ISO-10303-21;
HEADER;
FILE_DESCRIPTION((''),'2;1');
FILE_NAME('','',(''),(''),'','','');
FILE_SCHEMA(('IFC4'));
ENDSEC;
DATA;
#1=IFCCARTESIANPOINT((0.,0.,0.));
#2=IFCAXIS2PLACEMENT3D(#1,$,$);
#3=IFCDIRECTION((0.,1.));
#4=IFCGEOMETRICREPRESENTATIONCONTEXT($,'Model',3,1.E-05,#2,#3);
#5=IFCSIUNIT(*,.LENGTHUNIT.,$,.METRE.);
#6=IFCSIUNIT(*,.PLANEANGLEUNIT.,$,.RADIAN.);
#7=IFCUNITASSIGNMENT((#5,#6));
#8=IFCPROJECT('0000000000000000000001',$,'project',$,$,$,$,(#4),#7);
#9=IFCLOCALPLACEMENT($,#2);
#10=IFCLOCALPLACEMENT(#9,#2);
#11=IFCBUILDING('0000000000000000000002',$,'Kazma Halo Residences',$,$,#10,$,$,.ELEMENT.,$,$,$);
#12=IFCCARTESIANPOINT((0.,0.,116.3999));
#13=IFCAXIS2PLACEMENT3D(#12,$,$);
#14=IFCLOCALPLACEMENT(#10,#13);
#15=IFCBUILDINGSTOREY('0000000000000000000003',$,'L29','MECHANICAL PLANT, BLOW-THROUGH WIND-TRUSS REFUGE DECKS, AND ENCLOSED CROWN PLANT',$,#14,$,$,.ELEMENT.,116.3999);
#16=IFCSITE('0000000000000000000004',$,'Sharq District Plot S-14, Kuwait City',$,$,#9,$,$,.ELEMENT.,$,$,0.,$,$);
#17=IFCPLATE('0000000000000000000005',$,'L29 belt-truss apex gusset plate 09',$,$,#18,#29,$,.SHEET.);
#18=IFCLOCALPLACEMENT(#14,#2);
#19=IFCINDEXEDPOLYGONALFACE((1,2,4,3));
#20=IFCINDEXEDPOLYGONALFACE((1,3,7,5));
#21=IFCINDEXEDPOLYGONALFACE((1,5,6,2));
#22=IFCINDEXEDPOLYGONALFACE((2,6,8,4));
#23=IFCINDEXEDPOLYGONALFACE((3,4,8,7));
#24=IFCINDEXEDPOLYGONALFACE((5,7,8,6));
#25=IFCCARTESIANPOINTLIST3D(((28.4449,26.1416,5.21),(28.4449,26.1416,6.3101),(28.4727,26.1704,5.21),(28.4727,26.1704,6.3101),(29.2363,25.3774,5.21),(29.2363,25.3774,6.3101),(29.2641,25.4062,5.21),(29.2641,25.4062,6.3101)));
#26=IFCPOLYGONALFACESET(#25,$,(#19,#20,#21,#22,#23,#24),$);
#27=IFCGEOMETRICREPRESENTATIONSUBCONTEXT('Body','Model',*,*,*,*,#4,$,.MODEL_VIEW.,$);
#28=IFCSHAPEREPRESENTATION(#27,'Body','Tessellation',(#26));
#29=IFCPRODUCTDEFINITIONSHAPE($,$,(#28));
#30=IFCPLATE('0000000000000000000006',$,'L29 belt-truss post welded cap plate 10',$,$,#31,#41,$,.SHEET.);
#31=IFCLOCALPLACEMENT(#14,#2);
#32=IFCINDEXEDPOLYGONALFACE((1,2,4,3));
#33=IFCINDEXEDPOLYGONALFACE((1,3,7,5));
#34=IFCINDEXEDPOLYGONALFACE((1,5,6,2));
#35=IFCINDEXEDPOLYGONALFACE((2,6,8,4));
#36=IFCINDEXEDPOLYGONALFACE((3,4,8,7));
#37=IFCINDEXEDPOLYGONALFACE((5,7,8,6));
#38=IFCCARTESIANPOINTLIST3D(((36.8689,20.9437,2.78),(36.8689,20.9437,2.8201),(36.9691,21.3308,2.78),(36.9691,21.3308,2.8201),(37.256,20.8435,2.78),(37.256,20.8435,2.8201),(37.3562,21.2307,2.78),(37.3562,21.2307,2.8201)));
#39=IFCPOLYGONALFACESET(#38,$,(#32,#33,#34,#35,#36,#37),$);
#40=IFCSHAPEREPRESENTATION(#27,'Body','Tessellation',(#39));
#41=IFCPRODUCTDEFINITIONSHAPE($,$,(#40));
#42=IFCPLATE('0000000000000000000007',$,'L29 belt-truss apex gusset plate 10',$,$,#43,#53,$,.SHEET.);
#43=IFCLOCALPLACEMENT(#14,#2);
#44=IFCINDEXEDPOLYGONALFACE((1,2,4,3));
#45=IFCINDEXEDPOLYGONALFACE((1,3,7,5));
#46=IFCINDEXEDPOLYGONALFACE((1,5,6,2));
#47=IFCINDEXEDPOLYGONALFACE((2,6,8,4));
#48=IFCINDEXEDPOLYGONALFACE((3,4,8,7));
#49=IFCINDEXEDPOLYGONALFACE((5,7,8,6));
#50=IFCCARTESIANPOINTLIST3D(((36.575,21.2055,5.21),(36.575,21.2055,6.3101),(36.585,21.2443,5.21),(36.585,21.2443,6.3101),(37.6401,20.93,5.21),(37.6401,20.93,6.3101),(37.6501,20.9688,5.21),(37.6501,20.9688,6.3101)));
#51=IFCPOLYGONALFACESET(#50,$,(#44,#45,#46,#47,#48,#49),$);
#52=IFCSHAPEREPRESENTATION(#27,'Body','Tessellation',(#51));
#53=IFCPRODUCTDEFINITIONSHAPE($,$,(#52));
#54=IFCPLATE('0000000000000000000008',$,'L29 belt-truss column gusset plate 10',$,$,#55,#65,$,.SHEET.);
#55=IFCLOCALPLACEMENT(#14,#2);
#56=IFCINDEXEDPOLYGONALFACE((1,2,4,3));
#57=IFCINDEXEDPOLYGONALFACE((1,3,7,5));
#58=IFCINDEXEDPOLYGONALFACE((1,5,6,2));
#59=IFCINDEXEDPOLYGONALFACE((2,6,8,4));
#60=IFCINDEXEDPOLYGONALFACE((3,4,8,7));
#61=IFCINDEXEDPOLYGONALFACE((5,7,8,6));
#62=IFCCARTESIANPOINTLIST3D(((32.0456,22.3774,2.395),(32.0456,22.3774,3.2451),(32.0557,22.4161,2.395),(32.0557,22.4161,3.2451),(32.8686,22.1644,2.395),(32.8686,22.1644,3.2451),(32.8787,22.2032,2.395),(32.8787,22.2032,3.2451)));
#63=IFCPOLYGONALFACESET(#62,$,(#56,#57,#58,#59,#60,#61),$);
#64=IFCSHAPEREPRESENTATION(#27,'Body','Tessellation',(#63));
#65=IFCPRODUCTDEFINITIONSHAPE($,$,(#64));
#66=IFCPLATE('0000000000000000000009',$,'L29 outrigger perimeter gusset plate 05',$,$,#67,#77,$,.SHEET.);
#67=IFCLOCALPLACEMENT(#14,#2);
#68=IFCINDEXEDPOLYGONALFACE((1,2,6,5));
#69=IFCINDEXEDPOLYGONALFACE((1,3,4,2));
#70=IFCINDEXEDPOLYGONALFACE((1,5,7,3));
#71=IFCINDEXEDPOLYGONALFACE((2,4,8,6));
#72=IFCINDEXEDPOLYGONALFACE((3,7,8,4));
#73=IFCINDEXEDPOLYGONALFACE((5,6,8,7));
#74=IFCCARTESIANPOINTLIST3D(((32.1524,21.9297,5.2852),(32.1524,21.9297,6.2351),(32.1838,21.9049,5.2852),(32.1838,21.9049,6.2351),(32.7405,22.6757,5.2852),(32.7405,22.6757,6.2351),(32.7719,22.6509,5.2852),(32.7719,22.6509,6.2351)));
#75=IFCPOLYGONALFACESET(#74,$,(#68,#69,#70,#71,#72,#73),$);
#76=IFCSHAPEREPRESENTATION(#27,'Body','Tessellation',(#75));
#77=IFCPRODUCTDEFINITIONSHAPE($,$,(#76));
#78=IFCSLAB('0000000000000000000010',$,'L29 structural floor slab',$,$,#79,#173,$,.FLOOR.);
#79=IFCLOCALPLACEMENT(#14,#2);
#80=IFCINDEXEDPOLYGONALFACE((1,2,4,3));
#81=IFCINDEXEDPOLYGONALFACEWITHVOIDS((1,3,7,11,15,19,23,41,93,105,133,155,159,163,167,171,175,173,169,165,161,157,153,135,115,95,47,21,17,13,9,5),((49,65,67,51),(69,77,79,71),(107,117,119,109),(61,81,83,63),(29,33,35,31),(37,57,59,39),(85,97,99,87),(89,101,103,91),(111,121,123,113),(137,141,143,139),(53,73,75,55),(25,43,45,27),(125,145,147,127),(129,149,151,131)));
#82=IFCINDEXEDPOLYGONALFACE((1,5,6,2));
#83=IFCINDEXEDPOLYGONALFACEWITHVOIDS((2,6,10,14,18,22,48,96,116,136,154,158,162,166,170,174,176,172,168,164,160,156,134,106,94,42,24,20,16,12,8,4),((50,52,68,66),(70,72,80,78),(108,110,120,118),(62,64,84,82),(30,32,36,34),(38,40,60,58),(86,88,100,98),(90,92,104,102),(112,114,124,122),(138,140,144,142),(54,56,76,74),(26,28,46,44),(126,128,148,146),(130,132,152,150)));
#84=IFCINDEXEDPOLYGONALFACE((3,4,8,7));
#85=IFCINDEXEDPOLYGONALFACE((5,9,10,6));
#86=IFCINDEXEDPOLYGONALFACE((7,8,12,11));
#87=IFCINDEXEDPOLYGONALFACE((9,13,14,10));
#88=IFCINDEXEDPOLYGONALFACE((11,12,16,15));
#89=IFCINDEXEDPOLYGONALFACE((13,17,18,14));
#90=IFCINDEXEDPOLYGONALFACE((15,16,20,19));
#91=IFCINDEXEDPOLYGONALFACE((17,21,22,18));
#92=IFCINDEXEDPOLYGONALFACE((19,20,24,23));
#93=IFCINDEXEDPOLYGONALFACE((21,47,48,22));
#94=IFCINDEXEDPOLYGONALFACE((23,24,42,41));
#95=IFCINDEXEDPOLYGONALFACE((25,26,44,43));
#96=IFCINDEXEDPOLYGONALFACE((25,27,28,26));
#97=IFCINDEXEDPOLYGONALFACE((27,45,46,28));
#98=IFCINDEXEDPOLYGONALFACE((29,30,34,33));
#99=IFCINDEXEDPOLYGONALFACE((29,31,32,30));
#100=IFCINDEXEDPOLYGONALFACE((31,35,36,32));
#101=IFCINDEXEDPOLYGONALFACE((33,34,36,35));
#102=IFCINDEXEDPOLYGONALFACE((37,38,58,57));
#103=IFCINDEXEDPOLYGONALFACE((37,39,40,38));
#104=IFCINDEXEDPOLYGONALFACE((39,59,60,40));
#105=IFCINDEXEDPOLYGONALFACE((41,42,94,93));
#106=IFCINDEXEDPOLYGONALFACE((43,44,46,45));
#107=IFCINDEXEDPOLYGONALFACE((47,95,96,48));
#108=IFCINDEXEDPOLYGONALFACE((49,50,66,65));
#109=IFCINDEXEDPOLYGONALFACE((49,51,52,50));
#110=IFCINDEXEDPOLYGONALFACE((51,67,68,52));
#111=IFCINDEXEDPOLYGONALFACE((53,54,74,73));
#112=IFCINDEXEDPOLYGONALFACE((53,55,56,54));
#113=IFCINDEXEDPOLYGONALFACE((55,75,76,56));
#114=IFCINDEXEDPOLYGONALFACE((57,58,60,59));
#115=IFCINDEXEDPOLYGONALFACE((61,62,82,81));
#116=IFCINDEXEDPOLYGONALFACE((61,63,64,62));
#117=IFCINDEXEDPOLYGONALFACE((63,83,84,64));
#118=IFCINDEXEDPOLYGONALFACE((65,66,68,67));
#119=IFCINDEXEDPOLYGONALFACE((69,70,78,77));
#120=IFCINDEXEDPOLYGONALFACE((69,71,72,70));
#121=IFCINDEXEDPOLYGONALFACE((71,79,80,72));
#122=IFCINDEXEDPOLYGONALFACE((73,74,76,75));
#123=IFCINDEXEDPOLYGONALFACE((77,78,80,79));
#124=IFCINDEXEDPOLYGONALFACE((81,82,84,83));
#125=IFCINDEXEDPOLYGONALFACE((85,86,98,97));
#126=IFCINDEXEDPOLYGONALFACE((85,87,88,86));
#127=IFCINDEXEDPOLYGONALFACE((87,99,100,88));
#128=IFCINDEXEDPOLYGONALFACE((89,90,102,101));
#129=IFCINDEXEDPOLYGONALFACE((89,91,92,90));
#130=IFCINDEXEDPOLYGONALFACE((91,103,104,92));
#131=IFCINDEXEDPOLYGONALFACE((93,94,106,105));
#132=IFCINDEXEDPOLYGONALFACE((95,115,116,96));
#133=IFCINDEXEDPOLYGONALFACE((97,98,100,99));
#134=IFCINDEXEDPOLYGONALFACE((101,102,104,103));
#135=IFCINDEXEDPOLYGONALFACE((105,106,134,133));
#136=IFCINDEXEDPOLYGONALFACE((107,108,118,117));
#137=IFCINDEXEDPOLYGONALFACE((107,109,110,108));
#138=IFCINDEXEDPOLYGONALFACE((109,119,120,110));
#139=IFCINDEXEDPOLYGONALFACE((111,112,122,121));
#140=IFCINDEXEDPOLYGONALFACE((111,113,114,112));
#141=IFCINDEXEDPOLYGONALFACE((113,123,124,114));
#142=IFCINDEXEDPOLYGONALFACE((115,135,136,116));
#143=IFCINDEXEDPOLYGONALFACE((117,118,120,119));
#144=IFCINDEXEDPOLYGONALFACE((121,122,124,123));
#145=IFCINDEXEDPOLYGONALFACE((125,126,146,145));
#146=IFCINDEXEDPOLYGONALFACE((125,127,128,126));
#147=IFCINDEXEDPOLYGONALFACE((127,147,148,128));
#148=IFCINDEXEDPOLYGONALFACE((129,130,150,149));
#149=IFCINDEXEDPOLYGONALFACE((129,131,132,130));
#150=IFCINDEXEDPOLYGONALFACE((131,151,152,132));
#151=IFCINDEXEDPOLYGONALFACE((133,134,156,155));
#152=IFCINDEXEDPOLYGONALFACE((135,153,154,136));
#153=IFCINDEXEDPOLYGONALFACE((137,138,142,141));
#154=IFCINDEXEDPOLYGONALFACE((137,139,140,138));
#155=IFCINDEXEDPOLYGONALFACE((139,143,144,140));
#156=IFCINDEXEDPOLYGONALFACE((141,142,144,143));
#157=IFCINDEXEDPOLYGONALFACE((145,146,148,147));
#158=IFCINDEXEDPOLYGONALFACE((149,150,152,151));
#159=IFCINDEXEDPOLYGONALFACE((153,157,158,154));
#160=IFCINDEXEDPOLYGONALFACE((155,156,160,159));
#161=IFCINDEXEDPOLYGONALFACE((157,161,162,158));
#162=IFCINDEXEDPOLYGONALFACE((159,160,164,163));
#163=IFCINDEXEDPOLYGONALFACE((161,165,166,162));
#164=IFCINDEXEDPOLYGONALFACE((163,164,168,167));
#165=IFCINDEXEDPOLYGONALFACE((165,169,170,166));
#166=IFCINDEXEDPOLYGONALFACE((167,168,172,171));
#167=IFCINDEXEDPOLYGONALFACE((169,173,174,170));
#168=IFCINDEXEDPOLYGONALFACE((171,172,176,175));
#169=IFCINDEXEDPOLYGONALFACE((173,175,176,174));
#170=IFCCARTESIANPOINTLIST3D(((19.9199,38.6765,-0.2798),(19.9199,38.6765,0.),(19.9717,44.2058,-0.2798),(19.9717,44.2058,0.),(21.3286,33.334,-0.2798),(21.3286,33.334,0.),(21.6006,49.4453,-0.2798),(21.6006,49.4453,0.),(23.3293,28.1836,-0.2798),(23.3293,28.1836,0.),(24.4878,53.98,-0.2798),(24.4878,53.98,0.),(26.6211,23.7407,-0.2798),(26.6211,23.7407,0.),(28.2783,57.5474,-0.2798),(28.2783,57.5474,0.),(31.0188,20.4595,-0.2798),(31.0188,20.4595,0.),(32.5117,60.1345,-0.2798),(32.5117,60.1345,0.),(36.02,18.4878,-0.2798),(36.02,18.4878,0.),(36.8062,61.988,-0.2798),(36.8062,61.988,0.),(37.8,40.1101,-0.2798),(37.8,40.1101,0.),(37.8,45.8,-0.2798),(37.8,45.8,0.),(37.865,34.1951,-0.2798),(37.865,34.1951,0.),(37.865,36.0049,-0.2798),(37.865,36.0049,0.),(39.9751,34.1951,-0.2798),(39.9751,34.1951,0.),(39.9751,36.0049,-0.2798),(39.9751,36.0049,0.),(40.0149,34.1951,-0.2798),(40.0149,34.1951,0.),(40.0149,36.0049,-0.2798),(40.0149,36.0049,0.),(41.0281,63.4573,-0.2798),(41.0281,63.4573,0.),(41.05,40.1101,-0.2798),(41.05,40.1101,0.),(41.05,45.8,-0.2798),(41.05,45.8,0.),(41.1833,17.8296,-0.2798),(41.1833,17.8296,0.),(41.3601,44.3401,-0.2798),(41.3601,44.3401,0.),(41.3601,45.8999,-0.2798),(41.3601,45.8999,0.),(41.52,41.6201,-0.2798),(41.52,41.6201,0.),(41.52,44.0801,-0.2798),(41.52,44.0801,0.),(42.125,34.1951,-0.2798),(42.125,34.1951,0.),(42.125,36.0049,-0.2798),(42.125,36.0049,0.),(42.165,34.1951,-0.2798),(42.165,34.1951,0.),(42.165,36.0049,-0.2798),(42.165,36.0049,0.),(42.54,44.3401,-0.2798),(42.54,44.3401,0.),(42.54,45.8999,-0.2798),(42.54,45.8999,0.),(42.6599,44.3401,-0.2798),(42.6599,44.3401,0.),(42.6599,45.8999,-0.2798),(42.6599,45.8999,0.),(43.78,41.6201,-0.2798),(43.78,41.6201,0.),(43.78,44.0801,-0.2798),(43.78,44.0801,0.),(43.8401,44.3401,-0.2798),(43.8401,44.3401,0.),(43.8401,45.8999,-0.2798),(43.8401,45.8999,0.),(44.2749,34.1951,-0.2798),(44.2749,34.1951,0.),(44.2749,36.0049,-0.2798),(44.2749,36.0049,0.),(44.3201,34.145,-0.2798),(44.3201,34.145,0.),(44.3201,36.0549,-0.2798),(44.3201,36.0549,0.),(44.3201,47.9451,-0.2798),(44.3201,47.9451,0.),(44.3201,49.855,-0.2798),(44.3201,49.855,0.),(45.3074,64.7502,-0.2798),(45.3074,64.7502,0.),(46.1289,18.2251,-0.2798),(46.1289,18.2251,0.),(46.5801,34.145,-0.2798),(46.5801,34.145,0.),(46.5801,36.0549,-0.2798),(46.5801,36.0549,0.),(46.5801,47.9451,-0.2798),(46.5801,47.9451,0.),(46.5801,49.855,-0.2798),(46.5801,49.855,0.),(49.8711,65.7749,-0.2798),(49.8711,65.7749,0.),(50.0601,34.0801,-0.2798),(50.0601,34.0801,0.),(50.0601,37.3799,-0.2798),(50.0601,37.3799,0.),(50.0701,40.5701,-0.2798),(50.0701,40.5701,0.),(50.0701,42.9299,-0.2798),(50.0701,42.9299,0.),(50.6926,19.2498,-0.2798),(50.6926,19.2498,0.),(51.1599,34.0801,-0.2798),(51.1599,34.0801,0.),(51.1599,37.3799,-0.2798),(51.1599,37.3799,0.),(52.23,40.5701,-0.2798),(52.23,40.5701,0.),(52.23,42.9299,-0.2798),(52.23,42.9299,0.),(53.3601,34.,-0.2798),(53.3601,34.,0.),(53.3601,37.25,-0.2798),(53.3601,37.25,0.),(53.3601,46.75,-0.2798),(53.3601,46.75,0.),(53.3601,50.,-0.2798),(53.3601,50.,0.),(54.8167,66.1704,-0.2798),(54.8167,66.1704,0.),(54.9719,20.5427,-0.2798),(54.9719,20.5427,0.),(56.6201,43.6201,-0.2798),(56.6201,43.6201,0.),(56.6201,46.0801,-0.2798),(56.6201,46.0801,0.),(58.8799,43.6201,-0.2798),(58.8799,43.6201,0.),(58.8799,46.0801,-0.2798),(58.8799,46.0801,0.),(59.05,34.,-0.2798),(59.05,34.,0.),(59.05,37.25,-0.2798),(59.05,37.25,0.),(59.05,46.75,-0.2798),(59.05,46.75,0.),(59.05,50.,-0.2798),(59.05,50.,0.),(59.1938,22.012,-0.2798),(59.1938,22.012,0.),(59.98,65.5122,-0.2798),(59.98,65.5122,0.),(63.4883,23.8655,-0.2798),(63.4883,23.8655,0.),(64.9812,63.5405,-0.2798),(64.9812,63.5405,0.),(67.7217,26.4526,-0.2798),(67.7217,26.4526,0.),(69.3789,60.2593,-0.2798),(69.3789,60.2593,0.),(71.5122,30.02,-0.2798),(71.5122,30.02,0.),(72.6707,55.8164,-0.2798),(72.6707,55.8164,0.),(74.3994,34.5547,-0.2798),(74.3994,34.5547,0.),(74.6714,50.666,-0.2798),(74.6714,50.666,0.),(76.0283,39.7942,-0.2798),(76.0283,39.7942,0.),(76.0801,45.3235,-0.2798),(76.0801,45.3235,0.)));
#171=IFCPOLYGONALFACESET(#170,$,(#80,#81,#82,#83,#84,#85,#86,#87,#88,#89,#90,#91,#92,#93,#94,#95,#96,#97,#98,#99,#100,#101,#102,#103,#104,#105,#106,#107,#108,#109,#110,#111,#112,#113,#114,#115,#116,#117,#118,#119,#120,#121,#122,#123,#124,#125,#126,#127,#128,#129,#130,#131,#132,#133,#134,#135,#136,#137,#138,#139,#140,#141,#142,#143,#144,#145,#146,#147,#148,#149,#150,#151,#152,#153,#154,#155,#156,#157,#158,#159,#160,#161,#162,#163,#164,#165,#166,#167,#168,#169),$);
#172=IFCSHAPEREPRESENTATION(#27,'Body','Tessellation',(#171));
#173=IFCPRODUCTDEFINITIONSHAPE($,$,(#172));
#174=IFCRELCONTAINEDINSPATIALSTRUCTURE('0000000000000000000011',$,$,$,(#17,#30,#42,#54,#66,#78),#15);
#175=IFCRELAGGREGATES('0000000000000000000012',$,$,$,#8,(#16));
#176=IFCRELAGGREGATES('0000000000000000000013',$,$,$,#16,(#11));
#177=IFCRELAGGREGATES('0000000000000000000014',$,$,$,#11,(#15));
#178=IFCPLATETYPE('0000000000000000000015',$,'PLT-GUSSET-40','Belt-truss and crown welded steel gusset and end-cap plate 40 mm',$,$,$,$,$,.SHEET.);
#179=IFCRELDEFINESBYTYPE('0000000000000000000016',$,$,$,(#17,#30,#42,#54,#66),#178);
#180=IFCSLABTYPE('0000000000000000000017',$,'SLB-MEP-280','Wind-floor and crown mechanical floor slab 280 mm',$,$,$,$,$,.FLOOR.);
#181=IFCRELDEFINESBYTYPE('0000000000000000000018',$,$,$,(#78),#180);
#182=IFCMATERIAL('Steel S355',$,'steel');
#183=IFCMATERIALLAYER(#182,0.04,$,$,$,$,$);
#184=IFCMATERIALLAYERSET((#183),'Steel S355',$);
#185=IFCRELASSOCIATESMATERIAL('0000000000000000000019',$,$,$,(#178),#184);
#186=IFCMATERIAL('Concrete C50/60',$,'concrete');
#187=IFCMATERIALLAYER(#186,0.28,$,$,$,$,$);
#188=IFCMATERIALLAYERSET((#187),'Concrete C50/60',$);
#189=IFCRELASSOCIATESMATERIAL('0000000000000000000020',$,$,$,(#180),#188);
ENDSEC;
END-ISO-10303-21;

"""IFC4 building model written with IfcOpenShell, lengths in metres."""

from ifc_helpers import new_model, si_unit, direction, frame, origin, origin_2d, place, context, subcontext, project, spatial, polyline, rectangle, outline, extrude, material, layer, layer_set, type_object, element, save


model = new_model("IFC4")

# Units and contexts
model_context = context("Model", 3, precision=1e-05, world=origin(), true_north=direction((0.0, 1.0)))
body_context = subcontext(model_context, "Body", "Model", "MODEL_VIEW")
ifc_project = project(units=[si_unit("LENGTHUNIT", "METRE"), si_unit("PLANEANGLEUNIT", "RADIAN")], contexts=[model_context])

# Site, building, storey
site_placement = place(None, origin())
site = spatial("IfcSite", under=ifc_project, at=site_placement, Name="Sharq District Plot S-14, Kuwait City", CompositionType="ELEMENT", RefElevation=0.0)
building_placement = place(site_placement, origin())
building = spatial("IfcBuilding", under=site, at=building_placement, Name="Kazma Halo Residences", CompositionType="ELEMENT")
storey_placement = place(building_placement, frame((0.0, 0.0, 116.3999)))
storey = spatial("IfcBuildingStorey", under=building, at=storey_placement, Name="L29", Description="MECHANICAL PLANT, BLOW-THROUGH WIND-TRUSS REFUGE DECKS, AND ENCLOSED CROWN PLANT", CompositionType="ELEMENT", Elevation=116.3999)

# Shared definitions
ifc_material_1 = material(Name="Steel S355", Category="steel")

# Plates
ifc_layer_1 = layer(ifc_material_1, 0.04)
ifc_layer_set_1 = layer_set([ifc_layer_1], Name="Steel S355")
plate_type = type_object("IfcPlateType", Name="PLT-GUSSET-40", Description="Belt-truss and crown welded steel gusset and end-cap plate 40 mm", PredefinedType="SHEET", material=ifc_layer_set_1)
plate_1_placement = place(storey_placement, frame((28.8545, 25.7739, 5.21), z_axis=(0.0, 0.0, 1.0), x_axis=(0.719342, -0.694656, 0.0)))
element("IfcPlate", 1, at=plate_1_placement, inside=storey, type_object=plate_type, Name="L29 belt-truss apex gusset plate 09", PredefinedType="SHEET", context=body_context, shape_type="SweptSolid", body=[
    extrude(rectangle(XDim=1.1001, YDim=0.04, at=origin_2d()), origin(), (0.0, 0.0, 1.0), 1.1001),
])
plate_2_placement = place(storey_placement, frame((37.1125, 21.0872, 2.78), z_axis=(0.0, 0.0, 1.0), x_axis=(0.968127, -0.250461, 0.0)))
element("IfcPlate", 2, at=plate_2_placement, inside=storey, type_object=plate_type, Name="L29 belt-truss post welded cap plate 10", PredefinedType="SHEET", context=body_context, shape_type="SweptSolid", body=[
    extrude(rectangle(XDim=0.3999, YDim=0.3999, at=origin_2d()), origin(), (0.0, 0.0, 1.0), 0.04),
])
plate_3_placement = place(storey_placement, frame((37.1125, 21.0872, 5.21), z_axis=(0.0, 0.0, 1.0), x_axis=(0.968127, -0.250461, 0.0)))
element("IfcPlate", 3, at=plate_3_placement, inside=storey, type_object=plate_type, Name="L29 belt-truss apex gusset plate 10", PredefinedType="SHEET", context=body_context, shape_type="SweptSolid", body=[
    extrude(rectangle(XDim=1.1001, YDim=0.04, at=origin_2d()), origin(), (0.0, 0.0, 1.0), 1.1001),
])
plate_4_placement = place(storey_placement, frame((32.4622, 22.2903, 2.395), z_axis=(0.0, 0.0, 1.0), x_axis=(0.968127, -0.250461, 0.0)))
element("IfcPlate", 4, at=plate_4_placement, inside=storey, type_object=plate_type, Name="L29 belt-truss column gusset plate 10", PredefinedType="SHEET", context=body_context, shape_type="SweptSolid", body=[
    extrude(rectangle(XDim=0.8501, YDim=0.04, at=origin_2d()), origin(), (0.0, 0.0, 1.0), 0.8501),
])
plate_5_placement = place(storey_placement, frame((32.4622, 22.2903, 5.2852), z_axis=(0.0, 0.0, 1.0), x_axis=(-0.619092, -0.785319, 0.0)))
element("IfcPlate", 5, at=plate_5_placement, inside=storey, type_object=plate_type, Name="L29 outrigger perimeter gusset plate 05", PredefinedType="SHEET", context=body_context, shape_type="SweptSolid", body=[
    extrude(rectangle(XDim=0.95, YDim=0.04, at=origin_2d()), origin(), (0.0, 0.0, 1.0), 0.95),
])

# Slab
ifc_material_2 = material(Name="Concrete C50/60", Category="concrete")
ifc_layer_2 = layer(ifc_material_2, 0.28)
ifc_layer_set_2 = layer_set([ifc_layer_2], Name="Concrete C50/60")
slab_type_1 = type_object("IfcSlabType", Name="SLB-MEP-280", Description="Wind-floor and crown mechanical floor slab 280 mm", PredefinedType="FLOOR", material=ifc_layer_set_2)
slab_1_placement = place(storey_placement, frame((0.0, 0.0, -0.2798)))
element("IfcSlab", 6, at=slab_1_placement, inside=storey, type_object=slab_type_1, Name="L29 structural floor slab", PredefinedType="FLOOR", context=body_context, shape_type="SweptSolid", body=[
    extrude(outline(polyline([(74.6714, 50.666), (72.6707, 55.8164), (69.3789, 60.2593), (64.9812, 63.5405), (59.98, 65.5122), (54.8167, 66.1704), (49.8711, 65.7749), (45.3074, 64.7502), (41.0281, 63.4573), (36.8062, 61.988), (32.5117, 60.1345), (28.2783, 57.5474), (24.4878, 53.98), (21.6006, 49.4453), (19.9717, 44.2058), (19.9199, 38.6765), (21.3286, 33.334), (23.3293, 28.1836), (26.6211, 23.7407), (31.0188, 20.4595), (36.02, 18.4878), (41.1833, 17.8296), (46.1289, 18.2251), (50.6926, 19.2498), (54.9719, 20.5427), (59.1938, 22.012), (63.4883, 23.8655), (67.7217, 26.4526), (71.5122, 30.02), (74.3994, 34.5547), (76.0283, 39.7942), (76.0801, 45.3235), (74.6714, 50.666)]), holes=[polyline([(37.8, 40.1101), (41.05, 40.1101), (41.05, 45.8), (37.8, 45.8), (37.8, 40.1101)]), polyline([(53.3601, 46.75), (59.05, 46.75), (59.05, 50.0), (53.3601, 50.0), (53.3601, 46.75)]), polyline([(53.3601, 34.0), (59.05, 34.0), (59.05, 37.25), (53.3601, 37.25), (53.3601, 34.0)]), polyline([(41.52, 41.6201), (43.78, 41.6201), (43.78, 44.0801), (41.52, 44.0801), (41.52, 41.6201)]), polyline([(56.6201, 43.6201), (58.8799, 43.6201), (58.8799, 46.0801), (56.6201, 46.0801), (56.6201, 43.6201)]), polyline([(37.865, 34.1951), (39.9751, 34.1951), (39.9751, 36.0049), (37.865, 36.0049), (37.865, 34.1951)]), polyline([(40.0149, 34.1951), (42.125, 34.1951), (42.125, 36.0049), (40.0149, 36.0049), (40.0149, 34.1951)]), polyline([(42.165, 34.1951), (44.2749, 34.1951), (44.2749, 36.0049), (42.165, 36.0049), (42.165, 34.1951)]), polyline([(44.3201, 47.9451), (46.5801, 47.9451), (46.5801, 49.855), (44.3201, 49.855), (44.3201, 47.9451)]), polyline([(44.3201, 34.145), (46.5801, 34.145), (46.5801, 36.0549), (44.3201, 36.0549), (44.3201, 34.145)]), polyline([(50.0701, 40.5701), (52.23, 40.5701), (52.23, 42.9299), (50.0701, 42.9299), (50.0701, 40.5701)]), polyline([(41.3601, 44.3401), (42.54, 44.3401), (42.54, 45.8999), (41.3601, 45.8999), (41.3601, 44.3401)]), polyline([(42.6599, 44.3401), (43.8401, 44.3401), (43.8401, 45.8999), (42.6599, 45.8999), (42.6599, 44.3401)]), polyline([(50.0601, 34.0801), (51.1599, 34.0801), (51.1599, 37.3799), (50.0601, 37.3799), (50.0601, 34.0801)])]), origin(), (0.0, 0.0, 1.0), 0.2798),
])

save(model, "model.ifc")
